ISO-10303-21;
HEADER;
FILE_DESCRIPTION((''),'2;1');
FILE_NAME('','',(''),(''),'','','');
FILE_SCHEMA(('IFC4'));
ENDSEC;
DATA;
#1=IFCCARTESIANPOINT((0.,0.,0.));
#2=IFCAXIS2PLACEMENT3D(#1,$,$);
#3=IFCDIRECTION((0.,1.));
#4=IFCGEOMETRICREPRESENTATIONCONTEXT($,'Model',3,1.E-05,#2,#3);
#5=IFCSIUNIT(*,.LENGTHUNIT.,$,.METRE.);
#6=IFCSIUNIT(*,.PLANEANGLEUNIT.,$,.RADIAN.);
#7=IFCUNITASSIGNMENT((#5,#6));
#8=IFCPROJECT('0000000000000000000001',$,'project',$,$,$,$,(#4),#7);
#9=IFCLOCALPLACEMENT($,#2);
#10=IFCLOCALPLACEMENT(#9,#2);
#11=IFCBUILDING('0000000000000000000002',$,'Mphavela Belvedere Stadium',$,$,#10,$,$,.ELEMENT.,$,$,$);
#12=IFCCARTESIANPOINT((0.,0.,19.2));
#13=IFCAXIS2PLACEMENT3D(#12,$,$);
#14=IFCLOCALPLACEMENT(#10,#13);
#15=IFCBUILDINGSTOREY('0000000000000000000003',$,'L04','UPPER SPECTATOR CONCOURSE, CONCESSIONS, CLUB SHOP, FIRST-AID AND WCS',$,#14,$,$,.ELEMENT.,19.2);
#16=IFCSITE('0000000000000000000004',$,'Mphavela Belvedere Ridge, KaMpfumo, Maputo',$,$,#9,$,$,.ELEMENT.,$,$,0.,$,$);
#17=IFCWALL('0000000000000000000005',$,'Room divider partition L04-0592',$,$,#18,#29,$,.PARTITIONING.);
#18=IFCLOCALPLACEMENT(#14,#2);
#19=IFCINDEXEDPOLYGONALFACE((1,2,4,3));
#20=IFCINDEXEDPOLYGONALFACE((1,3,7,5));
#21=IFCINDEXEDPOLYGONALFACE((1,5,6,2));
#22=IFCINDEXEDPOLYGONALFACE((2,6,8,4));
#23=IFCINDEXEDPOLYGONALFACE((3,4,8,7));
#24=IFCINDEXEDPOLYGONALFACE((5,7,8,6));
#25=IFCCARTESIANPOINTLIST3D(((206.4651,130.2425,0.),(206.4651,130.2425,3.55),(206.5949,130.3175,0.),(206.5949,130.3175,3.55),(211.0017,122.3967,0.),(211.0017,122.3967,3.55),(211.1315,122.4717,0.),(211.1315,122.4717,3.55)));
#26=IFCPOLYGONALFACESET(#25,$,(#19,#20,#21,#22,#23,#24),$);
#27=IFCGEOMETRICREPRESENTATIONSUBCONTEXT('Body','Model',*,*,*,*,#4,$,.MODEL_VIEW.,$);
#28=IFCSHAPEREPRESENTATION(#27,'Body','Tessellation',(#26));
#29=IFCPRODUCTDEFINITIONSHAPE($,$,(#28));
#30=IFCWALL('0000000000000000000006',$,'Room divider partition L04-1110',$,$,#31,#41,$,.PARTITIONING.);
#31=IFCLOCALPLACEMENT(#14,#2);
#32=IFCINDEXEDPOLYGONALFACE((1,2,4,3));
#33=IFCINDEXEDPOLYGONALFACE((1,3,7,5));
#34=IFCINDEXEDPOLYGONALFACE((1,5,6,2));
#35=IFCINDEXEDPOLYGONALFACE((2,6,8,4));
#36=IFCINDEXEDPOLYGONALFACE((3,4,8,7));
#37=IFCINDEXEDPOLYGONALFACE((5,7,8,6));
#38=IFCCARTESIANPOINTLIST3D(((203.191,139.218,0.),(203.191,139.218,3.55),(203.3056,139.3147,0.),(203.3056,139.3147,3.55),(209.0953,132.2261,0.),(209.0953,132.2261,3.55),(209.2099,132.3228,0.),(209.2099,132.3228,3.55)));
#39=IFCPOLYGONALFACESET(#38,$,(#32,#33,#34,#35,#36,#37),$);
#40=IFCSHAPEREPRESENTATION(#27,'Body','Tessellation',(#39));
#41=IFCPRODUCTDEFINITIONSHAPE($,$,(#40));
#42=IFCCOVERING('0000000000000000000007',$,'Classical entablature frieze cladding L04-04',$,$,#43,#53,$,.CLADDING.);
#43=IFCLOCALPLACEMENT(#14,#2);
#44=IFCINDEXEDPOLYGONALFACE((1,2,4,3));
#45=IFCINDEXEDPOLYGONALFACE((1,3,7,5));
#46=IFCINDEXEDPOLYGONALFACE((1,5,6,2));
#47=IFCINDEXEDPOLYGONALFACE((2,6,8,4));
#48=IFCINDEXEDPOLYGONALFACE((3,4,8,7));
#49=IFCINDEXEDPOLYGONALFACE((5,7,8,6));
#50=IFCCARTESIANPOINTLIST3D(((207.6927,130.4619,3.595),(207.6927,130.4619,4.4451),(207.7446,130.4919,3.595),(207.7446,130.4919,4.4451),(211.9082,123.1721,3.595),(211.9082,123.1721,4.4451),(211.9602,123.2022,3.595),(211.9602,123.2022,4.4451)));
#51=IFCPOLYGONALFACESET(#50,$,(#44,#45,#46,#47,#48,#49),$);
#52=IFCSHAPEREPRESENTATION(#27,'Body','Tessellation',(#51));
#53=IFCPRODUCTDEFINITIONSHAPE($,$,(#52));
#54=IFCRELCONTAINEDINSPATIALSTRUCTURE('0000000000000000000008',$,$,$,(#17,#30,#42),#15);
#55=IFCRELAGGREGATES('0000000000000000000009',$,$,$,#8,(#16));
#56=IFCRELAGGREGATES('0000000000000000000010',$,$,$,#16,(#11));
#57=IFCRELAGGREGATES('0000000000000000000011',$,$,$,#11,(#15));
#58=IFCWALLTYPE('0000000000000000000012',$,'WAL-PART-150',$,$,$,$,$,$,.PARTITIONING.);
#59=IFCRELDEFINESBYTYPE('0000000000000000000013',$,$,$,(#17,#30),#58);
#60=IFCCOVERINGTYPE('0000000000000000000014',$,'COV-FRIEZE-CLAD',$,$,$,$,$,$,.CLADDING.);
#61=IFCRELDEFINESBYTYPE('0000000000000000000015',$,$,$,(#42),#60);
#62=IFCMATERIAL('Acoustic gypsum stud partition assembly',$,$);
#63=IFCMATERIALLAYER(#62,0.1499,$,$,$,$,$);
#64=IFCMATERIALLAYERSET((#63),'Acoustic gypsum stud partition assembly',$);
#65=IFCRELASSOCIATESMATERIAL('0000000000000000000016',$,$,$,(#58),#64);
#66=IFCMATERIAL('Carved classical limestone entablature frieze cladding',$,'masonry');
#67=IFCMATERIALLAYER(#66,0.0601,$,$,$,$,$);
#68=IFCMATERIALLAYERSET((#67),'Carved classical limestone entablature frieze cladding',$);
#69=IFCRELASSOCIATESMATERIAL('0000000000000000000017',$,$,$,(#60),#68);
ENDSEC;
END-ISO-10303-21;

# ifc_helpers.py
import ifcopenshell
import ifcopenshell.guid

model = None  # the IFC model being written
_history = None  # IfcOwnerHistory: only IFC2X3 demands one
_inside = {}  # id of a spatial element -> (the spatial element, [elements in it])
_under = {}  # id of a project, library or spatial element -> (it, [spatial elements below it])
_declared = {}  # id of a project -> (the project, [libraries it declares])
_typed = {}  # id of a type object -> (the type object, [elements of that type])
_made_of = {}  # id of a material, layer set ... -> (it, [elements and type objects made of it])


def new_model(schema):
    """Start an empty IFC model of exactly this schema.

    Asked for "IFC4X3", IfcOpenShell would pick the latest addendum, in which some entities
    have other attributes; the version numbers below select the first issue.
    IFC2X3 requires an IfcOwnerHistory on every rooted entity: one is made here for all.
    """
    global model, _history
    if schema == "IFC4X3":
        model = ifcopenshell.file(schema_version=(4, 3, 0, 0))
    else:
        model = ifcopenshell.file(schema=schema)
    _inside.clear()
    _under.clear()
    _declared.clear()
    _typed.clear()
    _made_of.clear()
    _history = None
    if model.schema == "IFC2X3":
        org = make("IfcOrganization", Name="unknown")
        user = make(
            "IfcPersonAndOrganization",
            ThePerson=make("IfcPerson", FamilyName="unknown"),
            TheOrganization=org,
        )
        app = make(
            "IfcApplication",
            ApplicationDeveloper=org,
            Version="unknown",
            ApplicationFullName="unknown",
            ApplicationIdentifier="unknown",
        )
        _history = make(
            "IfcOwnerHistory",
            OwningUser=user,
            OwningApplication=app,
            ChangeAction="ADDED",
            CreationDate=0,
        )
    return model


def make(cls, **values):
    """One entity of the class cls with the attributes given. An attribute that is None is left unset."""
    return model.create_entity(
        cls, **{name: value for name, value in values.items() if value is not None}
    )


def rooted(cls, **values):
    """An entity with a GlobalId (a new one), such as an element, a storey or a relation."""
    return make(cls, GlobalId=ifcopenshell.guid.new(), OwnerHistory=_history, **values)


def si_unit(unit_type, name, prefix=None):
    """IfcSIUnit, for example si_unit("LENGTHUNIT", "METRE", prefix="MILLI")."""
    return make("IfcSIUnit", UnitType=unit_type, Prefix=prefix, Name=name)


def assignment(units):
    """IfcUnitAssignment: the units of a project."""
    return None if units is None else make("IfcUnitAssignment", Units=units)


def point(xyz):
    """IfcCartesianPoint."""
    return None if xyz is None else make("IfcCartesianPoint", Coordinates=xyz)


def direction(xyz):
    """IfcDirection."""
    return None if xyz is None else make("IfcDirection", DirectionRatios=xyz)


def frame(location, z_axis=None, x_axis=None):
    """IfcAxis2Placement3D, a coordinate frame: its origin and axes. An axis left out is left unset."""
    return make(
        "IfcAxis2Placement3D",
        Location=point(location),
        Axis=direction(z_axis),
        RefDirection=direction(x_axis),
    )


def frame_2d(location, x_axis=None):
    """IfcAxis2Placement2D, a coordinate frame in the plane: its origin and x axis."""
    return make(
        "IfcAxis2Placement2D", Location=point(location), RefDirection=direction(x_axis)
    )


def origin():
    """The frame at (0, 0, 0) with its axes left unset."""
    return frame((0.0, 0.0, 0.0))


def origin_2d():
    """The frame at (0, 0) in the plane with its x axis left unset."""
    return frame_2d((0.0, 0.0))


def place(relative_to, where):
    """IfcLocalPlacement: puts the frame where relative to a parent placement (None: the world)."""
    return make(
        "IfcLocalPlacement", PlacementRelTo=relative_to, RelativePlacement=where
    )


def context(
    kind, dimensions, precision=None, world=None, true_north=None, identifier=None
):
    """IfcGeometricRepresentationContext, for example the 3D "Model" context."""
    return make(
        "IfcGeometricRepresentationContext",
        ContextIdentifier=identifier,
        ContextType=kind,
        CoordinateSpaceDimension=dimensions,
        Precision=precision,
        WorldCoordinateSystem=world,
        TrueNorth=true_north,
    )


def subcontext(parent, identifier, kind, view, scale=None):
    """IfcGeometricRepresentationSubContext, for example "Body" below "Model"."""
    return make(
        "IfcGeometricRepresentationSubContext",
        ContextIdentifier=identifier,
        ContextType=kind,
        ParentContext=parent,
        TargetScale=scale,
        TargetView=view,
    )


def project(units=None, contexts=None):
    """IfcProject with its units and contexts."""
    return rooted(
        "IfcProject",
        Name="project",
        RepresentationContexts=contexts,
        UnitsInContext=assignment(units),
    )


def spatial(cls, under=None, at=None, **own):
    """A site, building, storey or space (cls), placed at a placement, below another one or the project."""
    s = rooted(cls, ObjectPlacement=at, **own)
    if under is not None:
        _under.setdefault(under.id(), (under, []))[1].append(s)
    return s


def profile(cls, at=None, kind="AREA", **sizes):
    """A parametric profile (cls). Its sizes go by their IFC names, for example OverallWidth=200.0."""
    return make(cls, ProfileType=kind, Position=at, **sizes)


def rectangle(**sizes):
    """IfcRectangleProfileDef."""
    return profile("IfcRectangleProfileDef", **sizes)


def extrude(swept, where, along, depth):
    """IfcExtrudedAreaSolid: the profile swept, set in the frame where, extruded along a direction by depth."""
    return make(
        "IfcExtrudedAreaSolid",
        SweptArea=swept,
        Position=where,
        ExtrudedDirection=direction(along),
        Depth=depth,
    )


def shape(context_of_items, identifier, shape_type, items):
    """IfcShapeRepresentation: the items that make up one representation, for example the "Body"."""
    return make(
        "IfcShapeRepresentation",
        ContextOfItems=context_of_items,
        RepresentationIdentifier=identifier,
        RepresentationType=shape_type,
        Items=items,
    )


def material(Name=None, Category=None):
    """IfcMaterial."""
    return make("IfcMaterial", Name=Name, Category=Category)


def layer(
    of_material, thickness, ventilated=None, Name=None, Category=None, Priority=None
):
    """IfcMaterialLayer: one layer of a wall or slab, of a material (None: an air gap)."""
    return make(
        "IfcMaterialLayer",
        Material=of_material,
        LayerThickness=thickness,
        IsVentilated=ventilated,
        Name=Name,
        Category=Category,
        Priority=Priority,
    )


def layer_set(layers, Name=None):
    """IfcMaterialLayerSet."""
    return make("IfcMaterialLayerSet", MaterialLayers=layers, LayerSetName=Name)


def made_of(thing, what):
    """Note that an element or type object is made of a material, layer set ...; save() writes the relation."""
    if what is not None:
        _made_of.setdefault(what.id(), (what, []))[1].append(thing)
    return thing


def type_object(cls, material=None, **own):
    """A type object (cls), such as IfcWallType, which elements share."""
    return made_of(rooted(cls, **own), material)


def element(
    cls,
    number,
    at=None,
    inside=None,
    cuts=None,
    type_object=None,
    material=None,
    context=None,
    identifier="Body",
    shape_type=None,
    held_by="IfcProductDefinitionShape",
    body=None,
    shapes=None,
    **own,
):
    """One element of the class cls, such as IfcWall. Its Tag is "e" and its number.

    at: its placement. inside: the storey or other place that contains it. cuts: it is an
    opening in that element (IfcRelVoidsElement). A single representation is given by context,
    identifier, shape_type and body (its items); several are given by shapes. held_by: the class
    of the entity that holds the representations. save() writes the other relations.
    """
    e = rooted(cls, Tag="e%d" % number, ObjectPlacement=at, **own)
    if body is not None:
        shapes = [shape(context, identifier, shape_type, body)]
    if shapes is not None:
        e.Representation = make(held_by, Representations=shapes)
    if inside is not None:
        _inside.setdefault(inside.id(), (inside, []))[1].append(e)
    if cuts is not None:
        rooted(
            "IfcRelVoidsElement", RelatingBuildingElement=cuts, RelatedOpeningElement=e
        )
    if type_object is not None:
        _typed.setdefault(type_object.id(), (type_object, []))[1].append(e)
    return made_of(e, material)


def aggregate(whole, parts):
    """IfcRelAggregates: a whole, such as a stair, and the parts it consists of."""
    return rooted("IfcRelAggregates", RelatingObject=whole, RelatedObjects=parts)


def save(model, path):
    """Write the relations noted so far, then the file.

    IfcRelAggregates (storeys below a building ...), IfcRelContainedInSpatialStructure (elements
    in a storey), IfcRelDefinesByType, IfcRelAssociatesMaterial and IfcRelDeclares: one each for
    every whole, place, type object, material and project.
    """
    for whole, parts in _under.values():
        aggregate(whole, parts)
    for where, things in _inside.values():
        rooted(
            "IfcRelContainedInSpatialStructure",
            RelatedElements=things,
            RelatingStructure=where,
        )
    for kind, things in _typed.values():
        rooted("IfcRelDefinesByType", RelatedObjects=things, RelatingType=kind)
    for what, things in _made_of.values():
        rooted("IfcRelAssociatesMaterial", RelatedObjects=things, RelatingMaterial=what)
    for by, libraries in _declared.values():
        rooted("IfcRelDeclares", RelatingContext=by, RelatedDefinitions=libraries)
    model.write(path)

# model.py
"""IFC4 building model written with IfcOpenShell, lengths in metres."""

from ifc_helpers import new_model, si_unit, direction, frame, frame_2d, origin, origin_2d, place, context, subcontext, project, spatial, rectangle, extrude, material, layer, layer_set, type_object, element, save


model = new_model("IFC4")

# Units and contexts
model_context = context("Model", 3, precision=1e-05, world=origin(), true_north=direction((0.0, 1.0)))
body_context = subcontext(model_context, "Body", "Model", "MODEL_VIEW")
ifc_project = project(units=[si_unit("LENGTHUNIT", "METRE"), si_unit("PLANEANGLEUNIT", "RADIAN")], contexts=[model_context])

# Site, building, storey
site_placement = place(None, origin())
site = spatial("IfcSite", under=ifc_project, at=site_placement, Name="Mphavela Belvedere Ridge, KaMpfumo, Maputo", CompositionType="ELEMENT", RefElevation=0.0)
building_placement = place(site_placement, origin())
building = spatial("IfcBuilding", under=site, at=building_placement, Name="Mphavela Belvedere Stadium", CompositionType="ELEMENT")
storey_placement = place(building_placement, frame((0.0, 0.0, 19.2)))
storey = spatial("IfcBuildingStorey", under=building, at=storey_placement, Name="L04", Description="UPPER SPECTATOR CONCOURSE, CONCESSIONS, CLUB SHOP, FIRST-AID AND WCS", CompositionType="ELEMENT", Elevation=19.2)

# Walls
ifc_material_1 = material(Name="Acoustic gypsum stud partition assembly")
ifc_layer_1 = layer(ifc_material_1, 0.1499)
ifc_layer_set_1 = layer_set([ifc_layer_1], Name="Acoustic gypsum stud partition assembly")
wall_type = type_object("IfcWallType", Name="WAL-PART-150", PredefinedType="PARTITIONING", material=ifc_layer_set_1)
wall_1_placement = place(storey_placement, frame((206.53, 130.28, 0.0), z_axis=(0.0, 0.0, 1.0), x_axis=(0.500559, -0.865702, 0.0)))
element("IfcWall", 1, at=wall_1_placement, inside=storey, type_object=wall_type, Name="Room divider partition L04-0592", PredefinedType="PARTITIONING", context=body_context, shape_type="SweptSolid", body=[
    extrude(rectangle(XDim=9.063, YDim=0.1499, at=frame_2d((4.5315, 0.0))), origin(), (0.0, 0.0, 1.0), 3.55),
])
wall_2_placement = place(storey_placement, frame((209.1526, 132.2744, 0.0), z_axis=(0.0, 0.0, 1.0), x_axis=(-0.64518, 0.764031, 0.0)))
element("IfcWall", 2, at=wall_2_placement, inside=storey, type_object=wall_type, Name="Room divider partition L04-1110", PredefinedType="PARTITIONING", context=body_context, shape_type="SweptSolid", body=[
    extrude(rectangle(XDim=9.1514, YDim=0.1499, at=frame_2d((4.5757, 0.0))), origin(), (0.0, 0.0, 1.0), 3.55),
])

# Covering
ifc_material_2 = material(Name="Carved classical limestone entablature frieze cladding", Category="masonry")
ifc_layer_2 = layer(ifc_material_2, 0.0601)
ifc_layer_set_2 = layer_set([ifc_layer_2], Name="Carved classical limestone entablature frieze cladding")
covering_type = type_object("IfcCoveringType", Name="COV-FRIEZE-CLAD", PredefinedType="CLADDING", material=ifc_layer_set_2)
covering_placement = place(storey_placement, frame((209.8264, 126.832, 3.595), z_axis=(0.0, 0.0, 1.0), x_axis=(-0.500604, 0.865676, 0.0)))
element("IfcCovering", 3, at=covering_placement, inside=storey, type_object=covering_type, Name="Classical entablature frieze cladding L04-04", PredefinedType="CLADDING", context=body_context, shape_type="SweptSolid", body=[
    extrude(rectangle(XDim=8.4209, YDim=0.0601, at=origin_2d()), origin(), (0.0, 0.0, 1.0), 0.8501),
])

save(model, "model.ifc")
